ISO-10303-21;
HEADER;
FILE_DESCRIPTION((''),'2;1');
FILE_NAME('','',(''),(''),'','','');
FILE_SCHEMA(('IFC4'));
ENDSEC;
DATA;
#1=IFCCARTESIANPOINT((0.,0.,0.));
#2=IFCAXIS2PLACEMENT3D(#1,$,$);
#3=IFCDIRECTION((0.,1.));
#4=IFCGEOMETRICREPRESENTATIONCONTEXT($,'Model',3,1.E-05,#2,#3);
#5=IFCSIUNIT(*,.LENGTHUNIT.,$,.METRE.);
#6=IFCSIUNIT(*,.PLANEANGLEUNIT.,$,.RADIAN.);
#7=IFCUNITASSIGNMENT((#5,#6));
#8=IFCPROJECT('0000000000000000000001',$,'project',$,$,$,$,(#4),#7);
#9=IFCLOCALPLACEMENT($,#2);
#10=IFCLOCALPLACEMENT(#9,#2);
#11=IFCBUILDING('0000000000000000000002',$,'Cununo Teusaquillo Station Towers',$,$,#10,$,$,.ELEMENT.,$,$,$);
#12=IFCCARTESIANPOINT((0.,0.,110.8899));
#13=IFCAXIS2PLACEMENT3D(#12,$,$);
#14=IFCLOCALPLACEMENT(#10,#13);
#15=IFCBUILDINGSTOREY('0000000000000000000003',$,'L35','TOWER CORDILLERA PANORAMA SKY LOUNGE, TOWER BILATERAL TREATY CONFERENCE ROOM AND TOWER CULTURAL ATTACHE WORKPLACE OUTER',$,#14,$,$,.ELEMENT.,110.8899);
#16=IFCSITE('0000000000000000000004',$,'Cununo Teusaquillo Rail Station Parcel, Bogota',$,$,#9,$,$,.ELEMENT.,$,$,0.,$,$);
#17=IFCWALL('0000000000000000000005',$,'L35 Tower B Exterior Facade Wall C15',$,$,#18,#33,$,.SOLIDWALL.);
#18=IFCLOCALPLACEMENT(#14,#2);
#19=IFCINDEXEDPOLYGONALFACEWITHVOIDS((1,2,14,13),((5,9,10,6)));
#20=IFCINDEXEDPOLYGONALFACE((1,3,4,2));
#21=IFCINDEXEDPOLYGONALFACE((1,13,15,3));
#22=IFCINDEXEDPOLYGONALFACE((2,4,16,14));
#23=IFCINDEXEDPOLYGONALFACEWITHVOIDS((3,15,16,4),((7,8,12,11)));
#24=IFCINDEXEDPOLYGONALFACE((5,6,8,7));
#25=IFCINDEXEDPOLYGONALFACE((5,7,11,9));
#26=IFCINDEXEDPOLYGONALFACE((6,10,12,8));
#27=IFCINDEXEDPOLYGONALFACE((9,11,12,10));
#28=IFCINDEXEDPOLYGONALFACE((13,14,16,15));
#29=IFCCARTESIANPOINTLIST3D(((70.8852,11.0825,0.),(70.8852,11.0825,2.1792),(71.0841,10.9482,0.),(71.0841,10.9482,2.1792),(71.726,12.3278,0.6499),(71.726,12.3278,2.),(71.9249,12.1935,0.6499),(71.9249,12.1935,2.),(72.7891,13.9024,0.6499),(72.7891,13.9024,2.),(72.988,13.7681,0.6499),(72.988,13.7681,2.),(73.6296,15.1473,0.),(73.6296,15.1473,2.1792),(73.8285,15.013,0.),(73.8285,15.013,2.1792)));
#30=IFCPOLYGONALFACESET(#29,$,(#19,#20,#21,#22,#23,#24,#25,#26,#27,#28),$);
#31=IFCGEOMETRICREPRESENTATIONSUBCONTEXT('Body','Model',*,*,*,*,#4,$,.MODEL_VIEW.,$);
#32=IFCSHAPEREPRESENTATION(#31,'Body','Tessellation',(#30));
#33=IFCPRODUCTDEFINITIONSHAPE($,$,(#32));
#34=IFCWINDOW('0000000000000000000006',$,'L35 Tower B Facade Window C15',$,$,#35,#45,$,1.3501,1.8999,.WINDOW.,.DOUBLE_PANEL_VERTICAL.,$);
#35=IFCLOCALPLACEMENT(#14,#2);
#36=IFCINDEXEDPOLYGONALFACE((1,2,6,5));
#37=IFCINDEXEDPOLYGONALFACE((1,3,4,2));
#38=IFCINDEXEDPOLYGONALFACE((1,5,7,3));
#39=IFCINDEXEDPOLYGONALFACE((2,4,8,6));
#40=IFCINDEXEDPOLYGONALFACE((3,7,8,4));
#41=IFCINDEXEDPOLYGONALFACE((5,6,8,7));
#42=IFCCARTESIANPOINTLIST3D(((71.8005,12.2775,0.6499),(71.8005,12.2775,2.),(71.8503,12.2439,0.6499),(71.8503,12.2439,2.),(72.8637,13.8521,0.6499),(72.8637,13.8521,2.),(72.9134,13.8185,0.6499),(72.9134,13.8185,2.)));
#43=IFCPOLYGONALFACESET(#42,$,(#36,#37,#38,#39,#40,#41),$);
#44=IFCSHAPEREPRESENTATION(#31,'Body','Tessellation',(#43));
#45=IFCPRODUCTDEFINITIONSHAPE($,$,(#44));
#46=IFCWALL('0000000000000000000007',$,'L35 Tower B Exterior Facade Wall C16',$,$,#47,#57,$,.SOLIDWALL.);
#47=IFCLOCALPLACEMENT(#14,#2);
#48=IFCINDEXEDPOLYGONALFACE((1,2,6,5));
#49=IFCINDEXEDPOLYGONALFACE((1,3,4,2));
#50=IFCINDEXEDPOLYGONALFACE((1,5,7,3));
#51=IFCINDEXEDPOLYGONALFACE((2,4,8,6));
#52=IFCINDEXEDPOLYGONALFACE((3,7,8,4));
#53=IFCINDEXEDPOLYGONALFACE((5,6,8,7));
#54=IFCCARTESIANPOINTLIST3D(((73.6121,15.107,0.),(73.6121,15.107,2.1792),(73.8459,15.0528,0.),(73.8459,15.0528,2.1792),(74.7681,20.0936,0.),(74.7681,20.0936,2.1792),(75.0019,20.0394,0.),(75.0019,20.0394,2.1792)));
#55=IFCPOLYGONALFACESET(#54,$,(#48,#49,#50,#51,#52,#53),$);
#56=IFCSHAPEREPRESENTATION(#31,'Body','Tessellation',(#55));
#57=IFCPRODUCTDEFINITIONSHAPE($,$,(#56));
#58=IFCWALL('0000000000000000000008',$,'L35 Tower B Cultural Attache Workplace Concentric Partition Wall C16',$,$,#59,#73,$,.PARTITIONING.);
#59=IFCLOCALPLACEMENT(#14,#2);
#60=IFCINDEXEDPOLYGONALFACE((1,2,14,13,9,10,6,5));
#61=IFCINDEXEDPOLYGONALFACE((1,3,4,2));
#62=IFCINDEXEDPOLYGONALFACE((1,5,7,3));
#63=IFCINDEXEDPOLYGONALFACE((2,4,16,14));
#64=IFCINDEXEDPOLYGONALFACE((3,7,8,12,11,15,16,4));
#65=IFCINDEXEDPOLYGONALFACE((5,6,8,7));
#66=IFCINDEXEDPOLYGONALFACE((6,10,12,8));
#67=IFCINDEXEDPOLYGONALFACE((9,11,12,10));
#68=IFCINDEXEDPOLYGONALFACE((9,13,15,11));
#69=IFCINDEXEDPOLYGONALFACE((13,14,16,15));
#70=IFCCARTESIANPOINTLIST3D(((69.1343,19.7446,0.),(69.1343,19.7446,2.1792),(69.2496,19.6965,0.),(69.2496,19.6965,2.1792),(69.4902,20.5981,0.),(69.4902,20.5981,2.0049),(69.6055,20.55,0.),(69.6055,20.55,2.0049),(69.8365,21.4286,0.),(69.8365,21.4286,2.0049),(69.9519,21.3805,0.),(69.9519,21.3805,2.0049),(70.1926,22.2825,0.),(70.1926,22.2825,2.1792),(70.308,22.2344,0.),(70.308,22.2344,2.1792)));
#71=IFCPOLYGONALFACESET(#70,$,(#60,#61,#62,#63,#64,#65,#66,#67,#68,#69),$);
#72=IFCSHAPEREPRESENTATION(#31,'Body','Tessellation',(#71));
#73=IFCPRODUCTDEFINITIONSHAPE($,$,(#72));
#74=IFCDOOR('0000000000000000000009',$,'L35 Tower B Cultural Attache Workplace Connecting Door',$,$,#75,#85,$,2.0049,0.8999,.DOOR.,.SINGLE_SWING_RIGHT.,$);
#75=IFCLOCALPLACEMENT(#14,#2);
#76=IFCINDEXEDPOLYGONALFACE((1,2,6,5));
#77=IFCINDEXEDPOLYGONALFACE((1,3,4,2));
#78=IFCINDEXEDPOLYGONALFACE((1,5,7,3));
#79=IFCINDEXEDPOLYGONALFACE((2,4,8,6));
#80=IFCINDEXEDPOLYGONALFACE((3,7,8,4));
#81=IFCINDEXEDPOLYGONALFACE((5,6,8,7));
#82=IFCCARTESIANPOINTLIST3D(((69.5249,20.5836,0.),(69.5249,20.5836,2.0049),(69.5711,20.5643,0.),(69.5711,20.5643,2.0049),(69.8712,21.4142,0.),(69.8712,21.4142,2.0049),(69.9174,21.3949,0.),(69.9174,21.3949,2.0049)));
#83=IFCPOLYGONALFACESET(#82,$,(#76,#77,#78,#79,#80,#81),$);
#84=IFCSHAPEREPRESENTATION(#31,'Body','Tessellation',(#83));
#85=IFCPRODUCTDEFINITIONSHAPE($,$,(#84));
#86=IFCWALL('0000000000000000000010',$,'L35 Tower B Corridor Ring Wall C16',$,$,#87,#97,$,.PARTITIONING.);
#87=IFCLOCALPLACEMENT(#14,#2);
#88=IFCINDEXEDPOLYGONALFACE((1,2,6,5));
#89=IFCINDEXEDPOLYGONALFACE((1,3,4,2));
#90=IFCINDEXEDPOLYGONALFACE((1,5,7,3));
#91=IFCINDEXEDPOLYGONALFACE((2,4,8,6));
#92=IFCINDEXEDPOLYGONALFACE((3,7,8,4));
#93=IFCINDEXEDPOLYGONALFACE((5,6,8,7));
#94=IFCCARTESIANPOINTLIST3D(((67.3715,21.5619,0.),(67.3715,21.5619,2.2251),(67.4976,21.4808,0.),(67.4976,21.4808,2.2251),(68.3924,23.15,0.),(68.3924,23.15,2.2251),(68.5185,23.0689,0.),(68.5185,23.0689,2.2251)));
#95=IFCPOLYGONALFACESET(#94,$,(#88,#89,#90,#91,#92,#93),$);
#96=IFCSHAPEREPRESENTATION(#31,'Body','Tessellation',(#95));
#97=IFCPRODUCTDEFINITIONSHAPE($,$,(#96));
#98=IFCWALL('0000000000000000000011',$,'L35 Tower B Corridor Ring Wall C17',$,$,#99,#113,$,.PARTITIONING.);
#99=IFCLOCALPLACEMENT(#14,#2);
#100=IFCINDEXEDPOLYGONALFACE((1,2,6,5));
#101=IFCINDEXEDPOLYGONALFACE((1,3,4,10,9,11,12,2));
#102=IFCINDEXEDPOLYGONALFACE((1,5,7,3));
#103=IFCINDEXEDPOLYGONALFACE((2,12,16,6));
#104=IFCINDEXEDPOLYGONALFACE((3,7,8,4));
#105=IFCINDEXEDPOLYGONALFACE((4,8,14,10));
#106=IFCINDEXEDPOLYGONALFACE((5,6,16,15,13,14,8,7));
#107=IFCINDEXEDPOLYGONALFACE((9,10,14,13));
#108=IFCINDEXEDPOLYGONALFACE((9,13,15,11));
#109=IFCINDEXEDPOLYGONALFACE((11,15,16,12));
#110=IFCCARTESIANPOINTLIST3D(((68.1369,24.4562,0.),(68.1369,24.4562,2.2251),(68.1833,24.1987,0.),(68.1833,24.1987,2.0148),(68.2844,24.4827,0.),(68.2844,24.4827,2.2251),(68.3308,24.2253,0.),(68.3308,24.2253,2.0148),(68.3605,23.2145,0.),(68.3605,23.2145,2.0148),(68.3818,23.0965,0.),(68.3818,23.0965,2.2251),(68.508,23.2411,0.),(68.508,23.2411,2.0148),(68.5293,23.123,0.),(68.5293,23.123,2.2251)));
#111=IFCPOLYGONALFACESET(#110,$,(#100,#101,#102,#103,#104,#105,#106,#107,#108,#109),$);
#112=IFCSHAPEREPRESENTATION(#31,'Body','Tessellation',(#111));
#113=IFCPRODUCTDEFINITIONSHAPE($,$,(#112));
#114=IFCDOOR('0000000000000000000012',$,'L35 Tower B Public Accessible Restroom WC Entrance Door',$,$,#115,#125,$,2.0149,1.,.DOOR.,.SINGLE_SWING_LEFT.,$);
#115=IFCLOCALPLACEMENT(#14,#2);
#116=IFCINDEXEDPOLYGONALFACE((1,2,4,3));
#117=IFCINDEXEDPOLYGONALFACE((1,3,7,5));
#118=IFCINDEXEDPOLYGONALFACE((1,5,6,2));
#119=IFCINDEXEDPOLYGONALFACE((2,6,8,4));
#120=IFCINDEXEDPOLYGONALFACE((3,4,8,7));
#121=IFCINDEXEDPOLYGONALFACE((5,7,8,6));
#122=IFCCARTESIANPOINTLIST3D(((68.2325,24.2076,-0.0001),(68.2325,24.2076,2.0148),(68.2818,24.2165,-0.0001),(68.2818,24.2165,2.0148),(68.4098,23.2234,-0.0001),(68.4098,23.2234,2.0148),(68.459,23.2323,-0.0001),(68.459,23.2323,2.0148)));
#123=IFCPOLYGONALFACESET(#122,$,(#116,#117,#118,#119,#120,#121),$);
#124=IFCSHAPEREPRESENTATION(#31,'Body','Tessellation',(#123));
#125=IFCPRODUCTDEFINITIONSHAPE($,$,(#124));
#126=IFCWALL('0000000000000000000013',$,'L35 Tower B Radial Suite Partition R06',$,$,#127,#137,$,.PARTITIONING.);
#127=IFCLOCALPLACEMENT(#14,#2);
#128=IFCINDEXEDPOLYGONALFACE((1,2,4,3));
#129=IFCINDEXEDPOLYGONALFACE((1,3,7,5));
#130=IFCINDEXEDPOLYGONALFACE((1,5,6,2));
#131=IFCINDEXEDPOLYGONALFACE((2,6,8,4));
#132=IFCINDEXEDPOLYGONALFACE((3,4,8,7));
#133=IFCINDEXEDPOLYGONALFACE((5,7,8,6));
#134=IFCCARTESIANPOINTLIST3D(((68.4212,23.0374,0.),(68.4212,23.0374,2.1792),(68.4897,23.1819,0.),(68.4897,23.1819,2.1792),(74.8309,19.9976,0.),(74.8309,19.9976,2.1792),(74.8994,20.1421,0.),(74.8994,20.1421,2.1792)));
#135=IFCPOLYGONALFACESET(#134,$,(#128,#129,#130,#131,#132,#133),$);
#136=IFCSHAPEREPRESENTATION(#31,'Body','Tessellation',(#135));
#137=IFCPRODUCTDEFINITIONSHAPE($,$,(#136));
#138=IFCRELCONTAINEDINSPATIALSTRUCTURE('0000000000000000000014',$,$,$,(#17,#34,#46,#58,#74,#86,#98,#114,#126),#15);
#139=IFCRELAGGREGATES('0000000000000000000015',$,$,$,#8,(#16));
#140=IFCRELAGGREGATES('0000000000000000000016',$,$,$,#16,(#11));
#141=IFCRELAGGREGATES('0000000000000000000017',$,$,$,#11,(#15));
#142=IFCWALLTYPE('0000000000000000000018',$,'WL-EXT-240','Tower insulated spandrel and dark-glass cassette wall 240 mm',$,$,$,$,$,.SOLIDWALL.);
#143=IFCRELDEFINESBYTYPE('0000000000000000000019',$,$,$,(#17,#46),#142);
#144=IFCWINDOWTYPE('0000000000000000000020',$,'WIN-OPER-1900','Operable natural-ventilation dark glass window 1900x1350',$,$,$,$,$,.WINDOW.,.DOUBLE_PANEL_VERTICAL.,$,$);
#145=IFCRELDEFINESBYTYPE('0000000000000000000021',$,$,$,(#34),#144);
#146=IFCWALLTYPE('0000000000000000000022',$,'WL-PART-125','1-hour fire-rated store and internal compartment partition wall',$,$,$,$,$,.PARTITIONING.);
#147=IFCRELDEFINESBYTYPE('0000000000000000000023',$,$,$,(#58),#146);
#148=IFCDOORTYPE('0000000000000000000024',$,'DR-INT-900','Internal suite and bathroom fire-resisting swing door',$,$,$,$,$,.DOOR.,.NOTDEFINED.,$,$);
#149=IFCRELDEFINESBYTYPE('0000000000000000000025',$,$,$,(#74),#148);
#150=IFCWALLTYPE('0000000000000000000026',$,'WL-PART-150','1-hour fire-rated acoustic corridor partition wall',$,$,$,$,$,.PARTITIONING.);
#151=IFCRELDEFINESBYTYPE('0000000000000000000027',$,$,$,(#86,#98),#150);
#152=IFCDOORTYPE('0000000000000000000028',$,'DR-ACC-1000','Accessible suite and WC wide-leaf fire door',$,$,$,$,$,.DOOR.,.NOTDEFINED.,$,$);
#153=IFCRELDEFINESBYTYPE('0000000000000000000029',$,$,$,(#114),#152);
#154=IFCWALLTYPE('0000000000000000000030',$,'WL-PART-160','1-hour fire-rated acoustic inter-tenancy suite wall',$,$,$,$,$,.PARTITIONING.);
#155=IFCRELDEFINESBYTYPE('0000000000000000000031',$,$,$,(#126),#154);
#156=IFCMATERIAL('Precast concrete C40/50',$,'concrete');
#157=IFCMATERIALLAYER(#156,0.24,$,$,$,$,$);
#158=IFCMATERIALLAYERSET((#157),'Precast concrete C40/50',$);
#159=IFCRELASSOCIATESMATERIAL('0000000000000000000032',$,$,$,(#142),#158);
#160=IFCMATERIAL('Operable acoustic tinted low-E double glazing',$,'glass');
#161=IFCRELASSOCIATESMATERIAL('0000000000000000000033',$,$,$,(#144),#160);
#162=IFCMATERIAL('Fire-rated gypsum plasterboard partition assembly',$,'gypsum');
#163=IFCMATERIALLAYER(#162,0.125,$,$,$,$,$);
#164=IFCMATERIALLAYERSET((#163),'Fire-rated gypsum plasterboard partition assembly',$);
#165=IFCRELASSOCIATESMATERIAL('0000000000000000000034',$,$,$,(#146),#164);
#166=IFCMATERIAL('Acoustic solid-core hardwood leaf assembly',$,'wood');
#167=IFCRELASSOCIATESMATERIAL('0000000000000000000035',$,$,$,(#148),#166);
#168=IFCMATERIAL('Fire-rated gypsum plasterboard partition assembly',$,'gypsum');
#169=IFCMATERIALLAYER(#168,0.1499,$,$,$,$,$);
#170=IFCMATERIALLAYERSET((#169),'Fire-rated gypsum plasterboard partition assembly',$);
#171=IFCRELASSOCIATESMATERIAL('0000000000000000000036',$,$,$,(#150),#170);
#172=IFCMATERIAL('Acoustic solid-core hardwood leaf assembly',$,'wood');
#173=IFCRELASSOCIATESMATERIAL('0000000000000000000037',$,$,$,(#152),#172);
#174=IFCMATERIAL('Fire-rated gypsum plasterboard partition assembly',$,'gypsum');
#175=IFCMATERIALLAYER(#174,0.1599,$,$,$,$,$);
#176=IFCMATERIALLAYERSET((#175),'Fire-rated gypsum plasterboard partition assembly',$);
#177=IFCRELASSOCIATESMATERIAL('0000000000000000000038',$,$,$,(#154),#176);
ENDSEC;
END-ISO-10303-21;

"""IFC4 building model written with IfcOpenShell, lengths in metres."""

from ifc_helpers import new_model, si_unit, direction, frame, frame_2d, origin, place, context, subcontext, project, spatial, rectangle, extrude, source, transform, mapped, material, layer, layer_set, type_object, element, fill, save


model = new_model("IFC4")

# Units and contexts
model_context = context("Model", 3, precision=1e-05, world=origin(), true_north=direction((0.0, 1.0)))
body_context = subcontext(model_context, "Body", "Model", "MODEL_VIEW")
ifc_project = project(units=[si_unit("LENGTHUNIT", "METRE"), si_unit("PLANEANGLEUNIT", "RADIAN")], contexts=[model_context])

# Site, building, storey
site_placement = place(None, origin())
site = spatial("IfcSite", under=ifc_project, at=site_placement, Name="Cununo Teusaquillo Rail Station Parcel, Bogota", CompositionType="ELEMENT", RefElevation=0.0)
building_placement = place(site_placement, origin())
building = spatial("IfcBuilding", under=site, at=building_placement, Name="Cununo Teusaquillo Station Towers", CompositionType="ELEMENT")
storey_placement = place(building_placement, frame((0.0, 0.0, 110.8899)))
storey = spatial("IfcBuildingStorey", under=building, at=storey_placement, Name="L35", Description="TOWER CORDILLERA PANORAMA SKY LOUNGE, TOWER BILATERAL TREATY CONFERENCE ROOM AND TOWER CULTURAL ATTACHE WORKPLACE OUTER", CompositionType="ELEMENT", Elevation=110.8899)

# Shared definitions
ifc_material_1 = material(Name="Precast concrete C40/50", Category="concrete")
ifc_layer_1 = layer(ifc_material_1, 0.24)
ifc_layer_set_1 = layer_set([ifc_layer_1], Name="Precast concrete C40/50")
wall_type_1 = type_object("IfcWallType", Name="WL-EXT-240", Description="Tower insulated spandrel and dark-glass cassette wall 240 mm", PredefinedType="SOLIDWALL", material=ifc_layer_set_1)

# Wall, opening, window
wall_1_placement = place(storey_placement, frame((73.729, 15.0801, 0.0), z_axis=(0.0, 0.0, 1.0), x_axis=(-0.559573, -0.828781, 0.0)))
wall_1 = element("IfcWall", 1, at=wall_1_placement, inside=storey, type_object=wall_type_1, Name="L35 Tower B Exterior Facade Wall C15", PredefinedType="SOLIDWALL", context=body_context, shape_type="SweptSolid", body=[
    extrude(rectangle(XDim=4.9045, YDim=0.24, at=frame_2d((2.4521, 0.0))), origin(), (0.0, 0.0, 1.0), 2.1792),
])
shared_shape_1 = source(origin(), body_context, "Body", "SweptSolid", [
    extrude(rectangle(XDim=1.8999, YDim=1.3501, at=frame_2d((0.95, 0.675))), frame((0.0, 0.1299, 0.0), z_axis=(0.0, -1.0, 0.0), x_axis=(1.0, 0.0, 0.0)), (0.0, 0.0, 1.0), 0.26),
])
opening_1_placement = place(wall_1_placement, frame((1.502, 0.0, 0.6499)))
opening_1 = element("IfcOpeningElement", 2, at=opening_1_placement, cuts=wall_1, PredefinedType="OPENING", context=body_context, shape_type="MappedRepresentation", body=[
    mapped(shared_shape_1, transform((0.0, 0.0, 0.0), x_axis=(1.0, 0.0, 0.0), y_axis=(0.0, 1.0, 0.0), z_axis=(0.0, 0.0, 1.0), scale=1.0)),
])
ifc_material_2 = material(Name="Operable acoustic tinted low-E double glazing", Category="glass")
window_type_1 = type_object("IfcWindowType", Name="WIN-OPER-1900", Description="Operable natural-ventilation dark glass window 1900x1350", PartitioningType="DOUBLE_PANEL_VERTICAL", PredefinedType="WINDOW", material=ifc_material_2)
shared_shape_2 = source(origin(), body_context, "Body", "SweptSolid", [
    extrude(rectangle(XDim=1.8999, YDim=1.3501, at=frame_2d((0.95, 0.675))), frame((0.0, 0.03, 0.0), z_axis=(0.0, -1.0, 0.0), x_axis=(1.0, 0.0, 0.0)), (0.0, 0.0, 1.0), 0.0601),
])
window_1_placement = place(opening_1_placement, origin())
window_1 = element("IfcWindow", 3, at=window_1_placement, inside=storey, type_object=window_type_1, Name="L35 Tower B Facade Window C15", OverallHeight=1.3501, OverallWidth=1.8999, PartitioningType="DOUBLE_PANEL_VERTICAL", PredefinedType="WINDOW", context=body_context, shape_type="MappedRepresentation", body=[
    mapped(shared_shape_2, transform((0.0, 0.0, 0.0), x_axis=(1.0, 0.0, 0.0), y_axis=(0.0, 1.0, 0.0), z_axis=(0.0, 0.0, 1.0), scale=1.0)),
])
fill(opening_1, window_1)

# Wall
wall_2_placement = place(storey_placement, frame((74.885, 20.0667, 0.0), z_axis=(0.0, 0.0, 1.0), x_axis=(-0.225835, -0.974166, 0.0)))
element("IfcWall", 4, at=wall_2_placement, inside=storey, type_object=wall_type_1, Name="L35 Tower B Exterior Facade Wall C16", PredefinedType="SOLIDWALL", context=body_context, shape_type="SweptSolid", body=[
    extrude(rectangle(XDim=5.1189, YDim=0.24, at=frame_2d((2.5596, 0.0))), origin(), (0.0, 0.0, 1.0), 2.1792),
])

# Wall, opening, door
ifc_material_3 = material(Name="Fire-rated gypsum plasterboard partition assembly", Category="gypsum")
ifc_layer_2 = layer(ifc_material_3, 0.125)
ifc_layer_set_2 = layer_set([ifc_layer_2], Name="Fire-rated gypsum plasterboard partition assembly")
wall_type_2 = type_object("IfcWallType", Name="WL-PART-125", Description="1-hour fire-rated store and internal compartment partition wall", PredefinedType="PARTITIONING", material=ifc_layer_set_2)
wall_3_placement = place(storey_placement, frame((69.1919, 19.7205, 0.0), z_axis=(0.0, 0.0, 1.0), x_axis=(0.384899, 0.922959, 0.0)))
wall_3 = element("IfcWall", 5, at=wall_3_placement, inside=storey, type_object=wall_type_2, Name="L35 Tower B Cultural Attache Workplace Concentric Partition Wall C16", PredefinedType="PARTITIONING", context=body_context, shape_type="SweptSolid", body=[
    extrude(rectangle(XDim=2.7498, YDim=0.125, at=frame_2d((1.375, 0.0))), origin(), (0.0, 0.0, 1.0), 2.1792),
])
shared_shape_3 = source(origin(), body_context, "Body", "SweptSolid", [
    extrude(rectangle(XDim=0.8999, YDim=2.0049, at=frame_2d((0.45, 1.0024))), frame((0.0, 0.0725, 0.0), z_axis=(0.0, -1.0, 0.0), x_axis=(1.0, 0.0, 0.0)), (0.0, 0.0, 1.0), 0.145),
])
opening_2_placement = place(wall_3_placement, frame((0.9248, 0.0, 0.0)))
opening_2 = element("IfcOpeningElement", 6, at=opening_2_placement, cuts=wall_3, PredefinedType="OPENING", context=body_context, shape_type="MappedRepresentation", body=[
    mapped(shared_shape_3, transform((0.0, 0.0, 0.0), x_axis=(1.0, 0.0, 0.0), y_axis=(0.0, 1.0, 0.0), z_axis=(0.0, 0.0, 1.0), scale=1.0)),
])
ifc_material_4 = material(Name="Acoustic solid-core hardwood leaf assembly", Category="wood")
door_type_1 = type_object("IfcDoorType", Name="DR-INT-900", Description="Internal suite and bathroom fire-resisting swing door", OperationType="NOTDEFINED", PredefinedType="DOOR", material=ifc_material_4)
shared_shape_4 = source(origin(), body_context, "Body", "SweptSolid", [
    extrude(rectangle(XDim=0.8999, YDim=2.0049, at=frame_2d((0.45, 1.0024))), frame((0.0, 0.0249, 0.0), z_axis=(0.0, -1.0, 0.0), x_axis=(1.0, 0.0, 0.0)), (0.0, 0.0, 1.0), 0.05),
])
door_1_placement = place(opening_2_placement, origin())
door_1 = element("IfcDoor", 7, at=door_1_placement, inside=storey, type_object=door_type_1, Name="L35 Tower B Cultural Attache Workplace Connecting Door", OperationType="SINGLE_SWING_RIGHT", OverallHeight=2.0049, OverallWidth=0.8999, PredefinedType="DOOR", context=body_context, shape_type="MappedRepresentation", body=[
    mapped(shared_shape_4, transform((0.0, 0.0, 0.0), x_axis=(1.0, 0.0, 0.0), y_axis=(0.0, 1.0, 0.0), z_axis=(0.0, 0.0, 1.0), scale=1.0)),
])
fill(opening_2, door_1)

# Wall
ifc_material_5 = material(Name="Fire-rated gypsum plasterboard partition assembly", Category="gypsum")
ifc_layer_3 = layer(ifc_material_5, 0.1499)
ifc_layer_set_3 = layer_set([ifc_layer_3], Name="Fire-rated gypsum plasterboard partition assembly")
wall_type_3 = type_object("IfcWallType", Name="WL-PART-150", Description="1-hour fire-rated acoustic corridor partition wall", PredefinedType="PARTITIONING", material=ifc_layer_set_3)
wall_4_placement = place(storey_placement, frame((67.4346, 21.5215, 0.0), z_axis=(0.0, 0.0, 1.0), x_axis=(0.540777, 0.841166, 0.0)))
element("IfcWall", 8, at=wall_4_placement, inside=storey, type_object=wall_type_3, Name="L35 Tower B Corridor Ring Wall C16", PredefinedType="PARTITIONING", context=body_context, shape_type="SweptSolid", body=[
    extrude(rectangle(XDim=1.8879, YDim=0.1499, at=frame_2d((0.9438, 0.0))), origin(), (0.0, 0.0, 1.0), 2.2251),
])

# Wall, opening, door
wall_5_placement = place(storey_placement, frame((68.4556, 23.1096, 0.0), z_axis=(0.0, 0.0, 1.0), x_axis=(-0.177252, 0.984165, 0.0)))
wall_5 = element("IfcWall", 9, at=wall_5_placement, inside=storey, type_object=wall_type_3, Name="L35 Tower B Corridor Ring Wall C17", PredefinedType="PARTITIONING", context=body_context, shape_type="SweptSolid", body=[
    extrude(rectangle(XDim=1.3816, YDim=0.1499, at=frame_2d((0.6909, 0.0))), origin(), (0.0, 0.0, 1.0), 2.2251),
])
shared_shape_5 = source(origin(), body_context, "Body", "SweptSolid", [
    extrude(rectangle(XDim=1.0, YDim=2.0149, at=frame_2d((0.5, 1.0073))), frame((0.0, 0.085, 0.0), z_axis=(0.0, -1.0, 0.0), x_axis=(1.0, 0.0, 0.0)), (0.0, 0.0, 1.0), 0.1699),
])
opening_3_placement = place(wall_5_placement, frame((0.1201, 0.0, 0.0)))
opening_3 = element("IfcOpeningElement", 10, at=opening_3_placement, cuts=wall_5, PredefinedType="OPENING", context=body_context, shape_type="MappedRepresentation", body=[
    mapped(shared_shape_5, transform((0.0, 0.0, 0.0), x_axis=(1.0, 0.0, 0.0), y_axis=(0.0, 1.0, 0.0), z_axis=(0.0, 0.0, 1.0), scale=1.0)),
])
ifc_material_6 = material(Name="Acoustic solid-core hardwood leaf assembly", Category="wood")
door_type_2 = type_object("IfcDoorType", Name="DR-ACC-1000", Description="Accessible suite and WC wide-leaf fire door", OperationType="NOTDEFINED", PredefinedType="DOOR", material=ifc_material_6)
shared_shape_6 = source(origin(), body_context, "Body", "SweptSolid", [
    extrude(rectangle(XDim=1.0, YDim=2.0149, at=frame_2d((0.5, 1.0073))), frame((0.0, 0.0249, 0.0), z_axis=(0.0, -1.0, 0.0), x_axis=(1.0, 0.0, 0.0)), (0.0, 0.0, 1.0), 0.05),
])
door_2_placement = place(opening_3_placement, origin())
door_2 = element("IfcDoor", 11, at=door_2_placement, inside=storey, type_object=door_type_2, Name="L35 Tower B Public Accessible Restroom WC Entrance Door", OperationType="SINGLE_SWING_LEFT", OverallHeight=2.0149, OverallWidth=1.0, PredefinedType="DOOR", context=body_context, shape_type="MappedRepresentation", body=[
    mapped(shared_shape_6, transform((0.0, 0.0, 0.0), x_axis=(1.0, 0.0, 0.0), y_axis=(0.0, 1.0, 0.0), z_axis=(0.0, 0.0, 1.0), scale=1.0)),
])
fill(opening_3, door_2)

# Wall
ifc_material_7 = material(Name="Fire-rated gypsum plasterboard partition assembly", Category="gypsum")
ifc_layer_4 = layer(ifc_material_7, 0.1599)
ifc_layer_set_4 = layer_set([ifc_layer_4], Name="Fire-rated gypsum plasterboard partition assembly")
wall_type_4 = type_object("IfcWallType", Name="WL-PART-160", Description="1-hour fire-rated acoustic inter-tenancy suite wall", PredefinedType="PARTITIONING", material=ifc_layer_set_4)
wall_6_placement = place(storey_placement, frame((68.4556, 23.1096, 0.0), z_axis=(0.0, 0.0, 1.0), x_axis=(0.903539, -0.428505, 0.0)))
element("IfcWall", 12, at=wall_6_placement, inside=storey, type_object=wall_type_4, Name="L35 Tower B Radial Suite Partition R06", PredefinedType="PARTITIONING", context=body_context, shape_type="SweptSolid", body=[
    extrude(rectangle(XDim=7.094, YDim=0.1599, at=frame_2d((3.5469, 0.0))), origin(), (0.0, 0.0, 1.0), 2.1792),
])

save(model, "model.ifc")
